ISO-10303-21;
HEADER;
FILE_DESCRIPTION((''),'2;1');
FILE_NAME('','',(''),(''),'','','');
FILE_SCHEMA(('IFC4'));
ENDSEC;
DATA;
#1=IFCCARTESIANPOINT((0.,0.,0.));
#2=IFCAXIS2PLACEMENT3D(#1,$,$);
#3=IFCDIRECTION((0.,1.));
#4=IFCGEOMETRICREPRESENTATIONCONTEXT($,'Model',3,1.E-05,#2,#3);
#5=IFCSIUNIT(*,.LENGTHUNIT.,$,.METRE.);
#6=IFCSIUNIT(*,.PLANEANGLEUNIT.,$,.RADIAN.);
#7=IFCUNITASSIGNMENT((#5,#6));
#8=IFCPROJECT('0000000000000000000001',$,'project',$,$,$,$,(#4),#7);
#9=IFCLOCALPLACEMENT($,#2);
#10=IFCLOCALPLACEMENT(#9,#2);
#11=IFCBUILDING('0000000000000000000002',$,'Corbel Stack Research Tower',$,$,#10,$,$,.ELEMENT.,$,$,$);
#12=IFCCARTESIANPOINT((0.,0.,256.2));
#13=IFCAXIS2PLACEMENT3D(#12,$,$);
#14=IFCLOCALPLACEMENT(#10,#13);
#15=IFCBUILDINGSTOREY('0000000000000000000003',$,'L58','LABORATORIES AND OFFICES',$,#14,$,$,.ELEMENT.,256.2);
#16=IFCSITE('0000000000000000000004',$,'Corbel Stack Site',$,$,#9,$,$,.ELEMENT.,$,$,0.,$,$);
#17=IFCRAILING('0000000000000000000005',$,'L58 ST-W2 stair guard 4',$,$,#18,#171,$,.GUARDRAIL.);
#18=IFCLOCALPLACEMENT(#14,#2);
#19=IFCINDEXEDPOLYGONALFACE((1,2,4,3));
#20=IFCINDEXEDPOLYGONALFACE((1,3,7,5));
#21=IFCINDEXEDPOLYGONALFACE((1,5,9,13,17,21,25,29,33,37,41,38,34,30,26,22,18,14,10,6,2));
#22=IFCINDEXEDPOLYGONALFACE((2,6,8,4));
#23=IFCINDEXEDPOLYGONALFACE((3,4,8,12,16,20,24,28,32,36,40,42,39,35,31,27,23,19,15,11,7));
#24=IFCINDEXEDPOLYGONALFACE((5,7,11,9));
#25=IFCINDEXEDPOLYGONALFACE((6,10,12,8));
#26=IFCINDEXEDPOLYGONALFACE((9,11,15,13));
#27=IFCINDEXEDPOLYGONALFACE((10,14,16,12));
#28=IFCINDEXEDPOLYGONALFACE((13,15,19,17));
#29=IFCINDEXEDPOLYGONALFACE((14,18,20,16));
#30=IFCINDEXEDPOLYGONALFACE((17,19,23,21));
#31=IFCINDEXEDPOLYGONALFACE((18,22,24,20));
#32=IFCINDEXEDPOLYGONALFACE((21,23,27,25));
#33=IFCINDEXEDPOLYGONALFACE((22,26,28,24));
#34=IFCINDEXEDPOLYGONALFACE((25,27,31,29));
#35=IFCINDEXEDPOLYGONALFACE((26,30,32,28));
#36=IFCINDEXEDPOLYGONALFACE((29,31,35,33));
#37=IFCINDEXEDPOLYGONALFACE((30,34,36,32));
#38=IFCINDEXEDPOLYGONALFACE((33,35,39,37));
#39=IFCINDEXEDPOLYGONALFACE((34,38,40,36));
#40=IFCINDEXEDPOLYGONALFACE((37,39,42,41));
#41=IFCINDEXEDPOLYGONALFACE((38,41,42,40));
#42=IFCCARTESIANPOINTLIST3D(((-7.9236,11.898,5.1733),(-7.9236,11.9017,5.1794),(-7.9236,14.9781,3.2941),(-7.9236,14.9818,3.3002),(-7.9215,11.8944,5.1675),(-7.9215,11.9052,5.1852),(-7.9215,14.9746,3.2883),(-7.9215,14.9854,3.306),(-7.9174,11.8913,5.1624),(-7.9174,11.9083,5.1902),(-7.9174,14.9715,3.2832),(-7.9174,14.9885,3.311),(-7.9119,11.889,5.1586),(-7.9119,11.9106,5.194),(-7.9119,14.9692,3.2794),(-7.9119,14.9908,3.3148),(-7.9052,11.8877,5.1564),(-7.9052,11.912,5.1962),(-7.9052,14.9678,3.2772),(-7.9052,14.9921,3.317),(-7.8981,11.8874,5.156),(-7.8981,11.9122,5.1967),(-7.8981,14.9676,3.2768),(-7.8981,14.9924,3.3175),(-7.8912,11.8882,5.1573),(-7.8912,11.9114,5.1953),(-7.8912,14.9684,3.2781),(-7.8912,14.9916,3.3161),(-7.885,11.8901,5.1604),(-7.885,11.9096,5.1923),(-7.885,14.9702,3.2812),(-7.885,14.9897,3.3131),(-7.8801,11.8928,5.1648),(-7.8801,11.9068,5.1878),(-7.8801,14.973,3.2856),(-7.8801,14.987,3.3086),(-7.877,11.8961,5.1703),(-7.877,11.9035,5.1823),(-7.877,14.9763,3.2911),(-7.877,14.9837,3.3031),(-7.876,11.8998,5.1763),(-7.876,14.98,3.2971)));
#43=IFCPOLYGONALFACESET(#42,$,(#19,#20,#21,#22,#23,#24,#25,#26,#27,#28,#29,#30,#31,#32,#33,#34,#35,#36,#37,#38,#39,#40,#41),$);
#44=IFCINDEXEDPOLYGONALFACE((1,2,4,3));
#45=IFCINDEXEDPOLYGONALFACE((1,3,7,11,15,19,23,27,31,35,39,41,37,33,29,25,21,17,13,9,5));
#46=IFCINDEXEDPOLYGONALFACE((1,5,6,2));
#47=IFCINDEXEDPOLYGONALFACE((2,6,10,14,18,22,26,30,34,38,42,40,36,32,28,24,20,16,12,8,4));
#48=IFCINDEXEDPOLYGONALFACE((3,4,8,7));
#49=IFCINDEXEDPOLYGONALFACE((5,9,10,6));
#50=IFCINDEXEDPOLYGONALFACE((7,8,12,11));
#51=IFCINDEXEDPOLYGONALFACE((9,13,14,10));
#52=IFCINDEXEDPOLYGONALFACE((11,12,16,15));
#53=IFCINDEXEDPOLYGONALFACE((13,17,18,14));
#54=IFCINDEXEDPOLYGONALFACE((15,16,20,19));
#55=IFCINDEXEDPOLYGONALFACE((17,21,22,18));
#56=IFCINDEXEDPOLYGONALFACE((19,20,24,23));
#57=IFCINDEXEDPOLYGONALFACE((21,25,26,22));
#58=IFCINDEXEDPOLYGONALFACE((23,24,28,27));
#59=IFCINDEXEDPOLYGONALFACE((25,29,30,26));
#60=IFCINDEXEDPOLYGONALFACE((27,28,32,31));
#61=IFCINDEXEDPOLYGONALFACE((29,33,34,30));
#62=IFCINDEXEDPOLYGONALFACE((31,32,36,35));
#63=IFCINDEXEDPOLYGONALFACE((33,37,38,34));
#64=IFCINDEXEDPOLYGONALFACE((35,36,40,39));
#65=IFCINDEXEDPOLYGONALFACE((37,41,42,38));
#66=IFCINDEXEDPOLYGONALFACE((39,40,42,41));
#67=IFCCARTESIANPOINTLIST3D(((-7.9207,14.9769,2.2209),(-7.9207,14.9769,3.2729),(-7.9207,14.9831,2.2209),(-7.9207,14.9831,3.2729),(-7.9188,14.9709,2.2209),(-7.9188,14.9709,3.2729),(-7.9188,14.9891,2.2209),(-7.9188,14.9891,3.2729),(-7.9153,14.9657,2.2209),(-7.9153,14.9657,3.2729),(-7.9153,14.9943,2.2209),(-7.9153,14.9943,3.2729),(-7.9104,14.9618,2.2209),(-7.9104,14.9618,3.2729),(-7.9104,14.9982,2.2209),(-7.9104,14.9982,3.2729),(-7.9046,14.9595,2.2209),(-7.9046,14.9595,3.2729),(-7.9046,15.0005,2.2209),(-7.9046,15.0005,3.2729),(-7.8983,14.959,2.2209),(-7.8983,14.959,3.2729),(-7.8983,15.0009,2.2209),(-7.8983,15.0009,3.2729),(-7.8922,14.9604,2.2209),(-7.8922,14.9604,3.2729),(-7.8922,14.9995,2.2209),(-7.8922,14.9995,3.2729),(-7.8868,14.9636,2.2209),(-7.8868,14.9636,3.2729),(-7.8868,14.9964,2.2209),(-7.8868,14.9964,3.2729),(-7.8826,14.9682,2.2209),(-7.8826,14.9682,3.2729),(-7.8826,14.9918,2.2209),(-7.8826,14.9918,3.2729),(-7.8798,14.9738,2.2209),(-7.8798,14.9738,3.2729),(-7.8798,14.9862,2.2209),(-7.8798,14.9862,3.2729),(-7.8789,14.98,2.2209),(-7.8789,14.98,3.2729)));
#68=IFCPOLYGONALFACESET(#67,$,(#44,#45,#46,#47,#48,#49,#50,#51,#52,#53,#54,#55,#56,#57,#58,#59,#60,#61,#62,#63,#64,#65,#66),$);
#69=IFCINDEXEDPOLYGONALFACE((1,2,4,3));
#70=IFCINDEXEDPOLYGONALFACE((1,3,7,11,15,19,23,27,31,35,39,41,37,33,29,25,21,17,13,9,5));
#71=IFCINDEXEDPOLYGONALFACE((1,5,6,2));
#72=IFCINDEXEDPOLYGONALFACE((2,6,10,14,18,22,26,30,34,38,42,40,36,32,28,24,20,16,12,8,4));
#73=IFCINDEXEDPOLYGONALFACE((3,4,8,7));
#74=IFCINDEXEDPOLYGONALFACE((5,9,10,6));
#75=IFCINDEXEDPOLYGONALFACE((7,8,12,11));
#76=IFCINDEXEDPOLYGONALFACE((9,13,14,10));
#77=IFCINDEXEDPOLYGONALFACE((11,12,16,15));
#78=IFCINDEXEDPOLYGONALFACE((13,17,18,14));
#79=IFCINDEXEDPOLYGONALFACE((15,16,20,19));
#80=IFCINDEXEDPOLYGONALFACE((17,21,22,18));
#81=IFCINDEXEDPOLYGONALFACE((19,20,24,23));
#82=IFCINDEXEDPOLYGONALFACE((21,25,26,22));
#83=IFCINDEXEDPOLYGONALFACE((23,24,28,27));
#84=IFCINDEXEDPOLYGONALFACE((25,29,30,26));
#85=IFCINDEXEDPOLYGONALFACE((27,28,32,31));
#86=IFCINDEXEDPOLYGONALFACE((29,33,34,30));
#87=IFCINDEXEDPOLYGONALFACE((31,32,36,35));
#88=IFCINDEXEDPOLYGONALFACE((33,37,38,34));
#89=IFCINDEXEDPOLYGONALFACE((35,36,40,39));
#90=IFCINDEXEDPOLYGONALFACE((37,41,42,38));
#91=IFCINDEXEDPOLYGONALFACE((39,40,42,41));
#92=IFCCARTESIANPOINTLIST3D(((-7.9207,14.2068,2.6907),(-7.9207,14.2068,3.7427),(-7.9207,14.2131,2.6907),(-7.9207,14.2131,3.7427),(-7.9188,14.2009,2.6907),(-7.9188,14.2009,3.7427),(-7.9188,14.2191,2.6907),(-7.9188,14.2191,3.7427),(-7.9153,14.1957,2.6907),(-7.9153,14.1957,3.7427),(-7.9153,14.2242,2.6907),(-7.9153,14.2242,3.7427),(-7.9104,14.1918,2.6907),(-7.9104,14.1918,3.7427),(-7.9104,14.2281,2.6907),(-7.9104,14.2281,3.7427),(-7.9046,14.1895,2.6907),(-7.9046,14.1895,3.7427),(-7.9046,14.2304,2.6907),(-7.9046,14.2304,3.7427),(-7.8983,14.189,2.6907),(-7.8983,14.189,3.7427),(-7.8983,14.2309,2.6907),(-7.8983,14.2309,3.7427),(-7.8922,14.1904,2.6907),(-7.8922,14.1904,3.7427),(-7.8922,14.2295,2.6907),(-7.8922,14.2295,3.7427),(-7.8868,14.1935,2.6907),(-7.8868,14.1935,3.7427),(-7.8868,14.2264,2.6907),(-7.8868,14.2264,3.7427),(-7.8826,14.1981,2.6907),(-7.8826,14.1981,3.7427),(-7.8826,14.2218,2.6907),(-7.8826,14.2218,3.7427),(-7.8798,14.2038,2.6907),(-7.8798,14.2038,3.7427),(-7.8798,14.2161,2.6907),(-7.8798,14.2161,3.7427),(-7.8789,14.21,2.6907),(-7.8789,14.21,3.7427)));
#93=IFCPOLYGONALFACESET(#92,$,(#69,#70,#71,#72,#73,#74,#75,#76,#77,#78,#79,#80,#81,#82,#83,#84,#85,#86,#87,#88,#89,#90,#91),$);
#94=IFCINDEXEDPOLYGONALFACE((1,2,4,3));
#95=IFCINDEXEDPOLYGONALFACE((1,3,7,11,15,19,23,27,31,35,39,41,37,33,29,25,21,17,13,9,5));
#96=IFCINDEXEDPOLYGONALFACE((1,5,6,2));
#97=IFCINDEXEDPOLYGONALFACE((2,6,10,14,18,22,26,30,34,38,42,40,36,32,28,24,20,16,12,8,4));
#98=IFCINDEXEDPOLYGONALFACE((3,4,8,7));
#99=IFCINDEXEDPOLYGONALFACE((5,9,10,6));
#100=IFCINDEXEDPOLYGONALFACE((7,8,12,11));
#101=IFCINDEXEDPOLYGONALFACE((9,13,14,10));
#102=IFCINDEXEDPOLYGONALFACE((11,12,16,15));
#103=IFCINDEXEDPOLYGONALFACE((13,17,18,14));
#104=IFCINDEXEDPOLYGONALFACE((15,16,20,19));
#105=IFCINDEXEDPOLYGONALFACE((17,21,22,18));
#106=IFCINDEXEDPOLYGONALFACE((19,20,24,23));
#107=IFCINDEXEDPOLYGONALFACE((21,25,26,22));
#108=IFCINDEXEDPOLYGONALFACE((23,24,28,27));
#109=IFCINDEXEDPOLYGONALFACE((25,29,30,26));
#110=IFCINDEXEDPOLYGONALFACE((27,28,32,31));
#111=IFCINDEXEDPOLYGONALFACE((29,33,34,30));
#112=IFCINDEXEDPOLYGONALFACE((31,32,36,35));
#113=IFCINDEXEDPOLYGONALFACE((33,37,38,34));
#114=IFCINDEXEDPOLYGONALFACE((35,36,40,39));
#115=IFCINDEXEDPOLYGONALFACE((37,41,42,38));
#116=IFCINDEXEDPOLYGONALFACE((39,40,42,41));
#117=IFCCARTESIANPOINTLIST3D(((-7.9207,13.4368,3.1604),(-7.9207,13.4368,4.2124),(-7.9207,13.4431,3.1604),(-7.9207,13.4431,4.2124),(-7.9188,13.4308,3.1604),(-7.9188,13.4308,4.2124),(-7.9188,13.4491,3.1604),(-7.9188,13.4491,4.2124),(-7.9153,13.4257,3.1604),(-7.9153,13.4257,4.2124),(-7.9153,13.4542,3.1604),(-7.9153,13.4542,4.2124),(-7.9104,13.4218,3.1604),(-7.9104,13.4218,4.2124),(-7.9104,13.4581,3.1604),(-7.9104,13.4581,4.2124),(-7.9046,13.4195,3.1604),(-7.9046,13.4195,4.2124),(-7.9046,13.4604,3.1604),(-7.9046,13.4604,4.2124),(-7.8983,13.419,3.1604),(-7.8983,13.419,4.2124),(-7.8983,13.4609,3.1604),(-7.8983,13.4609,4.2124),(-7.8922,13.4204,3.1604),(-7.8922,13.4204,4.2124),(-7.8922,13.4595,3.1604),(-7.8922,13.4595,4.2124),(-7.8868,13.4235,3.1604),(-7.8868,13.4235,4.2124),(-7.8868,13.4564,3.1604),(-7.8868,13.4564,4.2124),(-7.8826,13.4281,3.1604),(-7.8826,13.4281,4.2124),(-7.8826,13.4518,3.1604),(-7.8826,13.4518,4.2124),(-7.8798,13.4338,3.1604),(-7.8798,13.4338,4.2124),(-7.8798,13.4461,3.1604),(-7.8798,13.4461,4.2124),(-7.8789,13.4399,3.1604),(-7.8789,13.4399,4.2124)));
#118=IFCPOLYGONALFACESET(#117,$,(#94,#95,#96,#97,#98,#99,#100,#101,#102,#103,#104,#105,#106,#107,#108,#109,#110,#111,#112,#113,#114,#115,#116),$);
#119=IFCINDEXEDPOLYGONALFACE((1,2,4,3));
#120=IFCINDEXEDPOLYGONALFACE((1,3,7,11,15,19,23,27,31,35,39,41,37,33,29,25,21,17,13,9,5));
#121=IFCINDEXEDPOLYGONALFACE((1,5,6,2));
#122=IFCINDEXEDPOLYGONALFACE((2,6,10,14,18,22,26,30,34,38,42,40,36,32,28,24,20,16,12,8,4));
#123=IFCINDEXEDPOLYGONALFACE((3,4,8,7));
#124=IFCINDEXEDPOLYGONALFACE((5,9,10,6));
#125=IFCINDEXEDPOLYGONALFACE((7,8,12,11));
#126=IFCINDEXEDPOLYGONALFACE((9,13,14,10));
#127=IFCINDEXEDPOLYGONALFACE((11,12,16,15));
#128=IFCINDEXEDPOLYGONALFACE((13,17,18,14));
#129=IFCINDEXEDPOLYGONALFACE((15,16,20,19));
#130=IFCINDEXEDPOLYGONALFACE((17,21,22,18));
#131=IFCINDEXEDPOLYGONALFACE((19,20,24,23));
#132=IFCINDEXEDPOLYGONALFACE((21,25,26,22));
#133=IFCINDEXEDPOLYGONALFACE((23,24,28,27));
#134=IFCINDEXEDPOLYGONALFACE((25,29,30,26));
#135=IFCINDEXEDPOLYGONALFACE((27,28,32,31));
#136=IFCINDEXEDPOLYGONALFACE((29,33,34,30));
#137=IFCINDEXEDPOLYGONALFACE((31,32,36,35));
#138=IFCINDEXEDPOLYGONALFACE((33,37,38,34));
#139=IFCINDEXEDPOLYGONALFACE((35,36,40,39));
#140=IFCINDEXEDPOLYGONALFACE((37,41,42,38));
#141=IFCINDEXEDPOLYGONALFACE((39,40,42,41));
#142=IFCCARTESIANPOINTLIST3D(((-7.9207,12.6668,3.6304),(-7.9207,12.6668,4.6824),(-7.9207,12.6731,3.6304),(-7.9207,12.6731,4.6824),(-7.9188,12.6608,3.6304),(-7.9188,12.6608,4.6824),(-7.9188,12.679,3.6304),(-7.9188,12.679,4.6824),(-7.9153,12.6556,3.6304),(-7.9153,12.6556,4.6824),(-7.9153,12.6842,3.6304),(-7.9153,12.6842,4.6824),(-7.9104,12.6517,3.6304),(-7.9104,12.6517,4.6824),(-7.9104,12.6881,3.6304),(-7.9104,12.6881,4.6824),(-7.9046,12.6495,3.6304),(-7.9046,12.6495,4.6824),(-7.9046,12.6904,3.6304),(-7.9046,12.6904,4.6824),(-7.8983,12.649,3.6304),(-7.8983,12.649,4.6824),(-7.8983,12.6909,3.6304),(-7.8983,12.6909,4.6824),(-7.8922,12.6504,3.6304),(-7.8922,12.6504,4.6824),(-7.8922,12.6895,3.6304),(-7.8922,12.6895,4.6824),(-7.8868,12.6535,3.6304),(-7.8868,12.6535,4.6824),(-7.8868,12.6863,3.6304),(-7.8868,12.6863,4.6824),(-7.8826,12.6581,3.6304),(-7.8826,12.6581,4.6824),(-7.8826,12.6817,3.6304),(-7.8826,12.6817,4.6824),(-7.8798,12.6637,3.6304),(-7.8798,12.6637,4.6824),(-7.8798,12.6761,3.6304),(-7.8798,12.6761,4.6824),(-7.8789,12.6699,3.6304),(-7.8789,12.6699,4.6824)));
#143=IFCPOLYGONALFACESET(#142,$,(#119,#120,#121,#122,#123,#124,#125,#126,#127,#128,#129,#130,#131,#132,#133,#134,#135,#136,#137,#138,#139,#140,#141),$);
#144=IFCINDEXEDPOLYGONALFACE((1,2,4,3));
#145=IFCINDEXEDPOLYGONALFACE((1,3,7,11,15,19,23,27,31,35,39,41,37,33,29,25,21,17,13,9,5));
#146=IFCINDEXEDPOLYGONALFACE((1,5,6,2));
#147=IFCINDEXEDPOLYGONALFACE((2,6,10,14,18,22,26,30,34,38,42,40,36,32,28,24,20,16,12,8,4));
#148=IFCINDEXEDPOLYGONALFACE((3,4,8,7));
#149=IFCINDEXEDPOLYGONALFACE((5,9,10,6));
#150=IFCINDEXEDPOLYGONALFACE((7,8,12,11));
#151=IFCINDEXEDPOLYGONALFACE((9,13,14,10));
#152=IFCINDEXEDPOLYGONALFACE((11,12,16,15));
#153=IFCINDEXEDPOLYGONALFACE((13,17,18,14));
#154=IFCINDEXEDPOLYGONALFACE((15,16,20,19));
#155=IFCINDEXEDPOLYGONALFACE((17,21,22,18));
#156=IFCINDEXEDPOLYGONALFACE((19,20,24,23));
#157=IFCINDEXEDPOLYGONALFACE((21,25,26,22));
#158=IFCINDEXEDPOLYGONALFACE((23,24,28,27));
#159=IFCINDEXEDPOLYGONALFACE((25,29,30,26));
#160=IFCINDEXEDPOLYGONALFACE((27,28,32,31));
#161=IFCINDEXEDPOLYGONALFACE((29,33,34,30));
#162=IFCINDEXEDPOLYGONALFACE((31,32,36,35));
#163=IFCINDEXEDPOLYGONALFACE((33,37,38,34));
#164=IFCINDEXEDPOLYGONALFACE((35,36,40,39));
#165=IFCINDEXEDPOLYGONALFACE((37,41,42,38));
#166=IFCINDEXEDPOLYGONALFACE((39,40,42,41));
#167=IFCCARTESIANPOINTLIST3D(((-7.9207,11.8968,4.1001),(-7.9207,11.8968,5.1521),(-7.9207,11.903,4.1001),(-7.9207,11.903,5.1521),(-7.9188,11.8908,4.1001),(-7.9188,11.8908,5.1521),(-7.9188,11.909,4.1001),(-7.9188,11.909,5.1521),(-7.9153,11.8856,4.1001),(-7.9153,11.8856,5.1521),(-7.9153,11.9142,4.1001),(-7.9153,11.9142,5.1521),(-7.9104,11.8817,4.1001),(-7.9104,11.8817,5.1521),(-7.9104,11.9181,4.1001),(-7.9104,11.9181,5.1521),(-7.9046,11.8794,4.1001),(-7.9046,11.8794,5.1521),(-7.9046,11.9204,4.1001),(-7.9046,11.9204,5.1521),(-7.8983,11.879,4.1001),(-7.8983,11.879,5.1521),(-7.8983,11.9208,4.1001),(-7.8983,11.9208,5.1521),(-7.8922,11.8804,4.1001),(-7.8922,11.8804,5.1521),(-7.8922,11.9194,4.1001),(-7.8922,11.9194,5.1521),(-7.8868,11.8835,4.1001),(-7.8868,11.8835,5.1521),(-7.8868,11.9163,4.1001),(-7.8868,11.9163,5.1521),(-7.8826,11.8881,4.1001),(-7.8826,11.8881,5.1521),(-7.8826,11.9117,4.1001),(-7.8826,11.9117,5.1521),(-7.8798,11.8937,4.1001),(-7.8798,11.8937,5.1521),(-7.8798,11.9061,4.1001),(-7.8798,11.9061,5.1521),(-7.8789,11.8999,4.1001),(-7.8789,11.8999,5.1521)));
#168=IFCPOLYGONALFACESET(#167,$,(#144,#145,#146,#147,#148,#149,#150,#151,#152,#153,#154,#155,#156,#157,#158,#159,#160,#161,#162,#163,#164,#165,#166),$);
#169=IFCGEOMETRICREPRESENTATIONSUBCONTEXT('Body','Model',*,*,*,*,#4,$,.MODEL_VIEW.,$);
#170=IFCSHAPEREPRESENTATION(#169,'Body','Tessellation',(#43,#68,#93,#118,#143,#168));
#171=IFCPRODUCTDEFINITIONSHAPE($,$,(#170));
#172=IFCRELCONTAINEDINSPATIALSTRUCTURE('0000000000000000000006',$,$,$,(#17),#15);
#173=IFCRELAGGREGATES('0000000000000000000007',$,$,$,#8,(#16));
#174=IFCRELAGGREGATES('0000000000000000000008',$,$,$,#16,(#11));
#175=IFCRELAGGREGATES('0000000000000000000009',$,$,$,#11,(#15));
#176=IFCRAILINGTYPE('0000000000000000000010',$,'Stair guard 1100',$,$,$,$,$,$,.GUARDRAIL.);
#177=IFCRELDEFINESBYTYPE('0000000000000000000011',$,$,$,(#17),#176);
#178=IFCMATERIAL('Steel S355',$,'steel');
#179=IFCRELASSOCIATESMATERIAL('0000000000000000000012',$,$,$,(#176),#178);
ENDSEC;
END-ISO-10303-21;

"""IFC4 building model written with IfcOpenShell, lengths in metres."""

from ifc_helpers import new_model, si_unit, direction, frame, origin, origin_2d, place, context, subcontext, project, spatial, circle, extrude, material, type_object, element, save


model = new_model("IFC4")

# Units and contexts
model_context = context("Model", 3, precision=1e-05, world=origin(), true_north=direction((0.0, 1.0)))
body_context = subcontext(model_context, "Body", "Model", "MODEL_VIEW")
ifc_project = project(units=[si_unit("LENGTHUNIT", "METRE"), si_unit("PLANEANGLEUNIT", "RADIAN")], contexts=[model_context])

# Site, building, storey
site_placement = place(None, origin())
site = spatial("IfcSite", under=ifc_project, at=site_placement, Name="Corbel Stack Site", CompositionType="ELEMENT", RefElevation=0.0)
building_placement = place(site_placement, origin())
building = spatial("IfcBuilding", under=site, at=building_placement, Name="Corbel Stack Research Tower", CompositionType="ELEMENT")
storey_placement = place(building_placement, frame((0.0, 0.0, 256.2)))
storey = spatial("IfcBuildingStorey", under=building, at=storey_placement, Name="L58", Description="LABORATORIES AND OFFICES", CompositionType="ELEMENT", Elevation=256.2)

# Railing
ifc_material_1 = material(Name="Steel S355", Category="steel")
railing_type_1 = type_object("IfcRailingType", Name="Stair guard 1100", PredefinedType="GUARDRAIL", material=ifc_material_1)
railing_1_placement = place(storey_placement, frame((-7.8999, 14.98, 2.2209)))
element("IfcRailing", 1, at=railing_1_placement, inside=storey, type_object=railing_type_1, Name="L58 ST-W2 stair guard 4", PredefinedType="GUARDRAIL", context=body_context, shape_type="SweptSolid", body=[
    extrude(circle(Radius=0.0239, at=origin_2d()), frame((0.0, 0.0, 1.0762), z_axis=(0.0, -0.853666, 0.52082), x_axis=(1.0, 0.0, 0.0)), (0.0, 0.0, 1.0), 3.6082),
    extrude(circle(Radius=0.021, at=origin_2d()), origin(), (0.0, 0.0, 1.0), 1.052),
    extrude(circle(Radius=0.021, at=origin_2d()), frame((0.0, -0.77, 0.4697)), (0.0, 0.0, 1.0), 1.052),
    extrude(circle(Radius=0.021, at=origin_2d()), frame((0.0, -1.54, 0.9395)), (0.0, 0.0, 1.0), 1.052),
    extrude(circle(Radius=0.021, at=origin_2d()), frame((0.0, -2.3101, 1.4094)), (0.0, 0.0, 1.0), 1.052),
    extrude(circle(Radius=0.021, at=origin_2d()), frame((0.0, -3.0801, 1.8792)), (0.0, 0.0, 1.0), 1.052),
])

save(model, "model.ifc")
